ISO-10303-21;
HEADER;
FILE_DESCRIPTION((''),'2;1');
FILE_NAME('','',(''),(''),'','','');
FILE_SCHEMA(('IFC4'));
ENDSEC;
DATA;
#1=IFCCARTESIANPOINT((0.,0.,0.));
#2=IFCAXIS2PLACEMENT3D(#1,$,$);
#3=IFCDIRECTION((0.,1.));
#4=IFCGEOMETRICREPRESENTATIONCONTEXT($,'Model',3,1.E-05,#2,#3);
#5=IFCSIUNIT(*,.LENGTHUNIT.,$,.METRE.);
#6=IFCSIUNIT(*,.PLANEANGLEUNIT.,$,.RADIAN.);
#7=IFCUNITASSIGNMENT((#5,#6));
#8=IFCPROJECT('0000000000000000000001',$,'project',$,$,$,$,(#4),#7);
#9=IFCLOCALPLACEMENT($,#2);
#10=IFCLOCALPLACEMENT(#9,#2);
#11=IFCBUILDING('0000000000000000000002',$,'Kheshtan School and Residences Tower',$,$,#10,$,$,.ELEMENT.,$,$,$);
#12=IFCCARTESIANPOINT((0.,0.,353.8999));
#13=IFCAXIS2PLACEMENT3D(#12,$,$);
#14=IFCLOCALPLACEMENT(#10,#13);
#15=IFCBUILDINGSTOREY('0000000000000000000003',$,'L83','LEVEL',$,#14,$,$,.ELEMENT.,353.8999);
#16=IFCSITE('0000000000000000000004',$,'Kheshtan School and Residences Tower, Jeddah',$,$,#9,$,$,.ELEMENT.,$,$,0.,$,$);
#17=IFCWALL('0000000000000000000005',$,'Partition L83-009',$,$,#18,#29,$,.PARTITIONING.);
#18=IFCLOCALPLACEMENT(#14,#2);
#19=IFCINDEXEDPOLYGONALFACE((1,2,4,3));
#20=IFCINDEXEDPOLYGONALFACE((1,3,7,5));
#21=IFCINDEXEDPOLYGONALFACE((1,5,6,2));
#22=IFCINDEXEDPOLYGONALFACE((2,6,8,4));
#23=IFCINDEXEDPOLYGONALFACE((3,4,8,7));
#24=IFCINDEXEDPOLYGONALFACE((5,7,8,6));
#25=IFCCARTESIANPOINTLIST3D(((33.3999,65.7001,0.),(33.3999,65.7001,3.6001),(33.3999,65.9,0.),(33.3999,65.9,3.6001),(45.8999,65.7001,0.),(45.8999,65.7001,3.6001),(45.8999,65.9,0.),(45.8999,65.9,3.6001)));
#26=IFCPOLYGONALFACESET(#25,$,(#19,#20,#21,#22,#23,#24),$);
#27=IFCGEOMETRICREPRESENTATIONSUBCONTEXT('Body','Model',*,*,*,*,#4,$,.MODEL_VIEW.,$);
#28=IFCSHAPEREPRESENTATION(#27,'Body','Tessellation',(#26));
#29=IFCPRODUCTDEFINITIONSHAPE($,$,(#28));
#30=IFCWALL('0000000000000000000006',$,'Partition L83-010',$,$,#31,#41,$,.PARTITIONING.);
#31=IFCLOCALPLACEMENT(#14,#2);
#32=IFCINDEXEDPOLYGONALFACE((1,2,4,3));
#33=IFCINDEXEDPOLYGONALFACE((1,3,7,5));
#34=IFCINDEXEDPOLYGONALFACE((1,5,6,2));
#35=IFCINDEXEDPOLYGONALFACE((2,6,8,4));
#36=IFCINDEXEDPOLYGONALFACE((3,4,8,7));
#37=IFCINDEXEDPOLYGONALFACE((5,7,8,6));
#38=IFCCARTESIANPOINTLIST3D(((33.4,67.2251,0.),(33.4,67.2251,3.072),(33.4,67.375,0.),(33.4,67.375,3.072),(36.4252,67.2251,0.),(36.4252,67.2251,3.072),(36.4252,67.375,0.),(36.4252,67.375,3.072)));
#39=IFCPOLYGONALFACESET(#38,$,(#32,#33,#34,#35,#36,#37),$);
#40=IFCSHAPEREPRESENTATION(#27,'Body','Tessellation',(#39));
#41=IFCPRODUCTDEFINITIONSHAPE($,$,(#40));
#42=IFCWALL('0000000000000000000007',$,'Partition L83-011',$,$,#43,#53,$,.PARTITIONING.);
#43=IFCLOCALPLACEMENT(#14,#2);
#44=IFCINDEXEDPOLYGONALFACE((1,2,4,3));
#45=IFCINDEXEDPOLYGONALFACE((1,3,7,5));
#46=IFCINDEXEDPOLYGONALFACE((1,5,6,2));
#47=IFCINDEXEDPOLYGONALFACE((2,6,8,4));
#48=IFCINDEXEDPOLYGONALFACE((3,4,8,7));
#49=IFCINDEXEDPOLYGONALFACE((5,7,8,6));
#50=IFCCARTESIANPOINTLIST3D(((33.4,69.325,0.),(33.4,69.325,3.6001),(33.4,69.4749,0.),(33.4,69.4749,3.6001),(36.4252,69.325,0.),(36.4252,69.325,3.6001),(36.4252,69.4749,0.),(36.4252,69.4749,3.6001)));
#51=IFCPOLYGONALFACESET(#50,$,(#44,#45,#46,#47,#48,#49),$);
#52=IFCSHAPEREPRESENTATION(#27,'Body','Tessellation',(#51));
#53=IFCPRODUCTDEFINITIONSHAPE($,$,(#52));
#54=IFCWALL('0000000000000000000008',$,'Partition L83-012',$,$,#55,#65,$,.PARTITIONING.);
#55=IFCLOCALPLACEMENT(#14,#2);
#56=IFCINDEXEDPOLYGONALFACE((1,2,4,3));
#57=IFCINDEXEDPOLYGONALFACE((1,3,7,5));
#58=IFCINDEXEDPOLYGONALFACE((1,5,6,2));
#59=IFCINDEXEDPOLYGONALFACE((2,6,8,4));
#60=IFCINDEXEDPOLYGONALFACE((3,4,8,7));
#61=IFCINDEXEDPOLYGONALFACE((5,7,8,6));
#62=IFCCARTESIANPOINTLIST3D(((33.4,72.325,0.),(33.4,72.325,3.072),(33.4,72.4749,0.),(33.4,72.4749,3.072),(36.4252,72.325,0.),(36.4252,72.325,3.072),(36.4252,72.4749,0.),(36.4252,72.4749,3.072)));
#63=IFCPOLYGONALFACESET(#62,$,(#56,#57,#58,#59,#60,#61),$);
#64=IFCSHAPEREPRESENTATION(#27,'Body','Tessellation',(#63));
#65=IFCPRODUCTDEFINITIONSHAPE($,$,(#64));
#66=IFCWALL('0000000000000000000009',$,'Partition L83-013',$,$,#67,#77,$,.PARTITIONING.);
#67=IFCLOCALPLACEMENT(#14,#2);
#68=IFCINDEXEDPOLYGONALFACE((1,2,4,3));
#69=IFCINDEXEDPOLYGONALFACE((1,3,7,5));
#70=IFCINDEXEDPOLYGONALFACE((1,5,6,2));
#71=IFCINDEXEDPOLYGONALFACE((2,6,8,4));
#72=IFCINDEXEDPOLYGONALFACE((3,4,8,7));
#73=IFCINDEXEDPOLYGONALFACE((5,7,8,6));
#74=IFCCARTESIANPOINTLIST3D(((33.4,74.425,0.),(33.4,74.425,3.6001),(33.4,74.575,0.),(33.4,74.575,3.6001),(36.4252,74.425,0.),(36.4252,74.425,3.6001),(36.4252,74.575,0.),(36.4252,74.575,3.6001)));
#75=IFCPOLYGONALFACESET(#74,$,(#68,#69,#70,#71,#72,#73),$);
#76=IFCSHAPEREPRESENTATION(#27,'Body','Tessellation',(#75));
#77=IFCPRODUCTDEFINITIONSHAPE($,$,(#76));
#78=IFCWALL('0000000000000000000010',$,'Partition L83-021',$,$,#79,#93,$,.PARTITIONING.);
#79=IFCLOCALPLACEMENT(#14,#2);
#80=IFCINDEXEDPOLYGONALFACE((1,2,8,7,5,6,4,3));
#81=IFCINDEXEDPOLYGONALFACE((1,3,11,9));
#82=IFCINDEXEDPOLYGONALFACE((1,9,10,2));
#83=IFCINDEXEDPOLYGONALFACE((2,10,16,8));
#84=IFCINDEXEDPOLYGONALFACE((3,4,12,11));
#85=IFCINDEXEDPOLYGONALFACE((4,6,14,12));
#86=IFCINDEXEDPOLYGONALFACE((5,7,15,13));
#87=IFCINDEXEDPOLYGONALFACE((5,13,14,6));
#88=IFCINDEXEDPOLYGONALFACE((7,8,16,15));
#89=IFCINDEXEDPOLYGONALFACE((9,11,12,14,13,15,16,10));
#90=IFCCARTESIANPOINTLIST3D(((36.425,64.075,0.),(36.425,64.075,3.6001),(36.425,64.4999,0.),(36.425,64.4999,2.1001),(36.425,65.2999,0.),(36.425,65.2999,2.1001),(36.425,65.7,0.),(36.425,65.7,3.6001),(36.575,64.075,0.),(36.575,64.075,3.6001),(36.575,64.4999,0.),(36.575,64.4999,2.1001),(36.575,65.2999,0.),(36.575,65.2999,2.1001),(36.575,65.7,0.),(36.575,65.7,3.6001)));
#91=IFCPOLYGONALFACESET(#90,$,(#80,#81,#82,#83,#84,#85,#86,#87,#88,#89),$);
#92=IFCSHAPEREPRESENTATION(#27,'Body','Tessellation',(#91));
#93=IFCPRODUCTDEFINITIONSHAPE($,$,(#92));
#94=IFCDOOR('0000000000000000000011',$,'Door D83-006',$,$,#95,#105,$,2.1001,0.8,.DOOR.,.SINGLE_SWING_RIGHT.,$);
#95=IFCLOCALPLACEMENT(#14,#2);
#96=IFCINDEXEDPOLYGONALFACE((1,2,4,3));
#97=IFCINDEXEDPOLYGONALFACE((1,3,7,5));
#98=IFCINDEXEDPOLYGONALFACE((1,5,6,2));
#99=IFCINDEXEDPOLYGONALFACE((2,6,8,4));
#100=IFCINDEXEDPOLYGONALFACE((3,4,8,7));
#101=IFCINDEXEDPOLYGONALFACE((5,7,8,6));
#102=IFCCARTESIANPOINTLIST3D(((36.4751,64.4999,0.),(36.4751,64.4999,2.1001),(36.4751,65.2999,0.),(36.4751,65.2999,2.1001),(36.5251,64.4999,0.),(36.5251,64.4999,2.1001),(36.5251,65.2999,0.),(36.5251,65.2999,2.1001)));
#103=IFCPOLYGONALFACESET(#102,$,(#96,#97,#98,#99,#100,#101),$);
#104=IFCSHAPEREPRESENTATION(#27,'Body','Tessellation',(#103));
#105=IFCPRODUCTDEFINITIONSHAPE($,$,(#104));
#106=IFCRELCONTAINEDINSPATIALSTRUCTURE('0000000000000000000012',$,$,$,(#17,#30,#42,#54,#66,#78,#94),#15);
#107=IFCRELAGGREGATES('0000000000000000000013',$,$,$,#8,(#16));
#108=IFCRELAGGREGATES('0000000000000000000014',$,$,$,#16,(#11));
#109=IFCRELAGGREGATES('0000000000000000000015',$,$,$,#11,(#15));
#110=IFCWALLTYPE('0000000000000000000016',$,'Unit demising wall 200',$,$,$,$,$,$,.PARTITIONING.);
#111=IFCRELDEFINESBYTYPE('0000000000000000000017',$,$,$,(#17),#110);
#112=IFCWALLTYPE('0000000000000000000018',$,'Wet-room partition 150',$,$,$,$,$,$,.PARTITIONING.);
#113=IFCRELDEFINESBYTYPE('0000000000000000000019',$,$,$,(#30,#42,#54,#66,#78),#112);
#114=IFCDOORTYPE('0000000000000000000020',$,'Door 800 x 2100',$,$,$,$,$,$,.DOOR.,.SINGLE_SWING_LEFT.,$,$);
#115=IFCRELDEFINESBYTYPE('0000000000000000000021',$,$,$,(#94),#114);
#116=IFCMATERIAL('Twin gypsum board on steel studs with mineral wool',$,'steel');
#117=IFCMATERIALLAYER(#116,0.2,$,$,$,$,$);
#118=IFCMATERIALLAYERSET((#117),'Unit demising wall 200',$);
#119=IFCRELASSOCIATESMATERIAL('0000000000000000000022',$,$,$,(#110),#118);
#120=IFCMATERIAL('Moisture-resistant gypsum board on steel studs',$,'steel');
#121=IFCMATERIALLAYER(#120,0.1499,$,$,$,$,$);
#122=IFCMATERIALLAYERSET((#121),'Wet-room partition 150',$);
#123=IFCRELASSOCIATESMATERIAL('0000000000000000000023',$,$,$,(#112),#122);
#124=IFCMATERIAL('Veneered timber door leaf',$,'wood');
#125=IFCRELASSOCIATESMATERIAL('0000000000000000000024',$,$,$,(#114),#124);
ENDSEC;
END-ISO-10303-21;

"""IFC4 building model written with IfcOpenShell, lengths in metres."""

from ifc_helpers import new_model, si_unit, direction, frame, frame_2d, origin, place, context, subcontext, project, spatial, rectangle, extrude, source, transform, mapped, material, layer, layer_set, type_object, element, fill, save


model = new_model("IFC4")

# Units and contexts
model_context = context("Model", 3, precision=1e-05, world=origin(), true_north=direction((0.0, 1.0)))
body_context = subcontext(model_context, "Body", "Model", "MODEL_VIEW")
ifc_project = project(units=[si_unit("LENGTHUNIT", "METRE"), si_unit("PLANEANGLEUNIT", "RADIAN")], contexts=[model_context])

# Site, building, storey
site_placement = place(None, origin())
site = spatial("IfcSite", under=ifc_project, at=site_placement, Name="Kheshtan School and Residences Tower, Jeddah", CompositionType="ELEMENT", RefElevation=0.0)
building_placement = place(site_placement, origin())
building = spatial("IfcBuilding", under=site, at=building_placement, Name="Kheshtan School and Residences Tower", CompositionType="ELEMENT")
storey_placement = place(building_placement, frame((0.0, 0.0, 353.8999)))
storey = spatial("IfcBuildingStorey", under=building, at=storey_placement, Name="L83", Description="LEVEL", CompositionType="ELEMENT", Elevation=353.8999)

# Shared definitions
ifc_material_1 = material(Name="Veneered timber door leaf", Category="wood")

# Walls
ifc_material_2 = material(Name="Twin gypsum board on steel studs with mineral wool", Category="steel")
ifc_layer_1 = layer(ifc_material_2, 0.2)
ifc_layer_set_1 = layer_set([ifc_layer_1], Name="Unit demising wall 200")
wall_type_1 = type_object("IfcWallType", Name="Unit demising wall 200", PredefinedType="PARTITIONING", material=ifc_layer_set_1)
wall_1_placement = place(storey_placement, frame((33.3999, 65.8, 0.0), z_axis=(0.0, 0.0, 1.0), x_axis=(1.0, 0.0, 0.0)))
element("IfcWall", 1, at=wall_1_placement, inside=storey, type_object=wall_type_1, Name="Partition L83-009", PredefinedType="PARTITIONING", context=body_context, shape_type="SweptSolid", body=[
    extrude(rectangle(XDim=12.5, YDim=0.2, at=frame_2d((6.25, 0.0))), origin(), (0.0, 0.0, 1.0), 3.6001),
])
ifc_material_3 = material(Name="Moisture-resistant gypsum board on steel studs", Category="steel")
ifc_layer_2 = layer(ifc_material_3, 0.1499)
ifc_layer_set_2 = layer_set([ifc_layer_2], Name="Wet-room partition 150")
wall_type_2 = type_object("IfcWallType", Name="Wet-room partition 150", PredefinedType="PARTITIONING", material=ifc_layer_set_2)
wall_2_placement = place(storey_placement, frame((33.3999, 67.3, 0.0), z_axis=(0.0, 0.0, 1.0), x_axis=(1.0, 0.0, 0.0)))
element("IfcWall", 2, at=wall_2_placement, inside=storey, type_object=wall_type_2, Name="Partition L83-010", PredefinedType="PARTITIONING", context=body_context, shape_type="SweptSolid", body=[
    extrude(rectangle(XDim=3.0251, YDim=0.1499, at=frame_2d((1.5127, 0.0))), origin(), (0.0, 0.0, 1.0), 3.072),
])
wall_3_placement = place(storey_placement, frame((33.3999, 69.3999, 0.0), z_axis=(0.0, 0.0, 1.0), x_axis=(1.0, 0.0, 0.0)))
element("IfcWall", 3, at=wall_3_placement, inside=storey, type_object=wall_type_2, Name="Partition L83-011", PredefinedType="PARTITIONING", context=body_context, shape_type="SweptSolid", body=[
    extrude(rectangle(XDim=3.0251, YDim=0.1499, at=frame_2d((1.5127, 0.0))), origin(), (0.0, 0.0, 1.0), 3.6001),
])
wall_4_placement = place(storey_placement, frame((33.3999, 72.3999, 0.0), z_axis=(0.0, 0.0, 1.0), x_axis=(1.0, 0.0, 0.0)))
element("IfcWall", 4, at=wall_4_placement, inside=storey, type_object=wall_type_2, Name="Partition L83-012", PredefinedType="PARTITIONING", context=body_context, shape_type="SweptSolid", body=[
    extrude(rectangle(XDim=3.0251, YDim=0.1499, at=frame_2d((1.5127, 0.0))), origin(), (0.0, 0.0, 1.0), 3.072),
])
wall_5_placement = place(storey_placement, frame((33.3999, 74.5, 0.0), z_axis=(0.0, 0.0, 1.0), x_axis=(1.0, 0.0, 0.0)))
element("IfcWall", 5, at=wall_5_placement, inside=storey, type_object=wall_type_2, Name="Partition L83-013", PredefinedType="PARTITIONING", context=body_context, shape_type="SweptSolid", body=[
    extrude(rectangle(XDim=3.0251, YDim=0.1499, at=frame_2d((1.5127, 0.0))), origin(), (0.0, 0.0, 1.0), 3.6001),
])

# Wall, opening, door
wall_6_placement = place(storey_placement, frame((36.5, 64.075, 0.0), z_axis=(0.0, 0.0, 1.0), x_axis=(0.0, 1.0, 0.0)))
wall_6 = element("IfcWall", 6, at=wall_6_placement, inside=storey, type_object=wall_type_2, Name="Partition L83-021", PredefinedType="PARTITIONING", context=body_context, shape_type="SweptSolid", body=[
    extrude(rectangle(XDim=1.625, YDim=0.1499, at=frame_2d((0.8125, 0.0))), origin(), (0.0, 0.0, 1.0), 3.6001),
])
opening_1_placement = place(wall_6_placement, frame((0.425, 0.0, 0.0)))
opening_1 = element("IfcOpeningElement", 7, at=opening_1_placement, cuts=wall_6, PredefinedType="OPENING", context=body_context, shape_type="SweptSolid", body=[
    extrude(rectangle(XDim=0.8, YDim=2.1001, at=frame_2d((0.3999, 1.05))), frame((0.0, 0.085, 0.0), z_axis=(0.0, -1.0, 0.0), x_axis=(1.0, 0.0, 0.0)), (0.0, 0.0, 1.0), 0.1699),
])
door_type_1 = type_object("IfcDoorType", Name="Door 800 x 2100", OperationType="SINGLE_SWING_LEFT", PredefinedType="DOOR", material=ifc_material_1)
shared_shape_1 = source(origin(), body_context, "Body", "SweptSolid", [
    extrude(rectangle(XDim=0.8, YDim=2.1001, at=frame_2d((0.3999, 1.05))), frame((0.0, 0.0249, 0.0), z_axis=(0.0, -1.0, 0.0), x_axis=(1.0, 0.0, 0.0)), (0.0, 0.0, 1.0), 0.05),
])
door_1_placement = place(opening_1_placement, origin())
door_1 = element("IfcDoor", 8, at=door_1_placement, inside=storey, type_object=door_type_1, Name="Door D83-006", OperationType="SINGLE_SWING_RIGHT", OverallHeight=2.1001, OverallWidth=0.8, PredefinedType="DOOR", context=body_context, shape_type="MappedRepresentation", body=[
    mapped(shared_shape_1, transform((0.0, 0.0, 0.0), x_axis=(1.0, 0.0, 0.0), y_axis=(0.0, 1.0, 0.0), z_axis=(0.0, 0.0, 1.0), scale=1.0)),
])
fill(opening_1, door_1)

save(model, "model.ifc")
